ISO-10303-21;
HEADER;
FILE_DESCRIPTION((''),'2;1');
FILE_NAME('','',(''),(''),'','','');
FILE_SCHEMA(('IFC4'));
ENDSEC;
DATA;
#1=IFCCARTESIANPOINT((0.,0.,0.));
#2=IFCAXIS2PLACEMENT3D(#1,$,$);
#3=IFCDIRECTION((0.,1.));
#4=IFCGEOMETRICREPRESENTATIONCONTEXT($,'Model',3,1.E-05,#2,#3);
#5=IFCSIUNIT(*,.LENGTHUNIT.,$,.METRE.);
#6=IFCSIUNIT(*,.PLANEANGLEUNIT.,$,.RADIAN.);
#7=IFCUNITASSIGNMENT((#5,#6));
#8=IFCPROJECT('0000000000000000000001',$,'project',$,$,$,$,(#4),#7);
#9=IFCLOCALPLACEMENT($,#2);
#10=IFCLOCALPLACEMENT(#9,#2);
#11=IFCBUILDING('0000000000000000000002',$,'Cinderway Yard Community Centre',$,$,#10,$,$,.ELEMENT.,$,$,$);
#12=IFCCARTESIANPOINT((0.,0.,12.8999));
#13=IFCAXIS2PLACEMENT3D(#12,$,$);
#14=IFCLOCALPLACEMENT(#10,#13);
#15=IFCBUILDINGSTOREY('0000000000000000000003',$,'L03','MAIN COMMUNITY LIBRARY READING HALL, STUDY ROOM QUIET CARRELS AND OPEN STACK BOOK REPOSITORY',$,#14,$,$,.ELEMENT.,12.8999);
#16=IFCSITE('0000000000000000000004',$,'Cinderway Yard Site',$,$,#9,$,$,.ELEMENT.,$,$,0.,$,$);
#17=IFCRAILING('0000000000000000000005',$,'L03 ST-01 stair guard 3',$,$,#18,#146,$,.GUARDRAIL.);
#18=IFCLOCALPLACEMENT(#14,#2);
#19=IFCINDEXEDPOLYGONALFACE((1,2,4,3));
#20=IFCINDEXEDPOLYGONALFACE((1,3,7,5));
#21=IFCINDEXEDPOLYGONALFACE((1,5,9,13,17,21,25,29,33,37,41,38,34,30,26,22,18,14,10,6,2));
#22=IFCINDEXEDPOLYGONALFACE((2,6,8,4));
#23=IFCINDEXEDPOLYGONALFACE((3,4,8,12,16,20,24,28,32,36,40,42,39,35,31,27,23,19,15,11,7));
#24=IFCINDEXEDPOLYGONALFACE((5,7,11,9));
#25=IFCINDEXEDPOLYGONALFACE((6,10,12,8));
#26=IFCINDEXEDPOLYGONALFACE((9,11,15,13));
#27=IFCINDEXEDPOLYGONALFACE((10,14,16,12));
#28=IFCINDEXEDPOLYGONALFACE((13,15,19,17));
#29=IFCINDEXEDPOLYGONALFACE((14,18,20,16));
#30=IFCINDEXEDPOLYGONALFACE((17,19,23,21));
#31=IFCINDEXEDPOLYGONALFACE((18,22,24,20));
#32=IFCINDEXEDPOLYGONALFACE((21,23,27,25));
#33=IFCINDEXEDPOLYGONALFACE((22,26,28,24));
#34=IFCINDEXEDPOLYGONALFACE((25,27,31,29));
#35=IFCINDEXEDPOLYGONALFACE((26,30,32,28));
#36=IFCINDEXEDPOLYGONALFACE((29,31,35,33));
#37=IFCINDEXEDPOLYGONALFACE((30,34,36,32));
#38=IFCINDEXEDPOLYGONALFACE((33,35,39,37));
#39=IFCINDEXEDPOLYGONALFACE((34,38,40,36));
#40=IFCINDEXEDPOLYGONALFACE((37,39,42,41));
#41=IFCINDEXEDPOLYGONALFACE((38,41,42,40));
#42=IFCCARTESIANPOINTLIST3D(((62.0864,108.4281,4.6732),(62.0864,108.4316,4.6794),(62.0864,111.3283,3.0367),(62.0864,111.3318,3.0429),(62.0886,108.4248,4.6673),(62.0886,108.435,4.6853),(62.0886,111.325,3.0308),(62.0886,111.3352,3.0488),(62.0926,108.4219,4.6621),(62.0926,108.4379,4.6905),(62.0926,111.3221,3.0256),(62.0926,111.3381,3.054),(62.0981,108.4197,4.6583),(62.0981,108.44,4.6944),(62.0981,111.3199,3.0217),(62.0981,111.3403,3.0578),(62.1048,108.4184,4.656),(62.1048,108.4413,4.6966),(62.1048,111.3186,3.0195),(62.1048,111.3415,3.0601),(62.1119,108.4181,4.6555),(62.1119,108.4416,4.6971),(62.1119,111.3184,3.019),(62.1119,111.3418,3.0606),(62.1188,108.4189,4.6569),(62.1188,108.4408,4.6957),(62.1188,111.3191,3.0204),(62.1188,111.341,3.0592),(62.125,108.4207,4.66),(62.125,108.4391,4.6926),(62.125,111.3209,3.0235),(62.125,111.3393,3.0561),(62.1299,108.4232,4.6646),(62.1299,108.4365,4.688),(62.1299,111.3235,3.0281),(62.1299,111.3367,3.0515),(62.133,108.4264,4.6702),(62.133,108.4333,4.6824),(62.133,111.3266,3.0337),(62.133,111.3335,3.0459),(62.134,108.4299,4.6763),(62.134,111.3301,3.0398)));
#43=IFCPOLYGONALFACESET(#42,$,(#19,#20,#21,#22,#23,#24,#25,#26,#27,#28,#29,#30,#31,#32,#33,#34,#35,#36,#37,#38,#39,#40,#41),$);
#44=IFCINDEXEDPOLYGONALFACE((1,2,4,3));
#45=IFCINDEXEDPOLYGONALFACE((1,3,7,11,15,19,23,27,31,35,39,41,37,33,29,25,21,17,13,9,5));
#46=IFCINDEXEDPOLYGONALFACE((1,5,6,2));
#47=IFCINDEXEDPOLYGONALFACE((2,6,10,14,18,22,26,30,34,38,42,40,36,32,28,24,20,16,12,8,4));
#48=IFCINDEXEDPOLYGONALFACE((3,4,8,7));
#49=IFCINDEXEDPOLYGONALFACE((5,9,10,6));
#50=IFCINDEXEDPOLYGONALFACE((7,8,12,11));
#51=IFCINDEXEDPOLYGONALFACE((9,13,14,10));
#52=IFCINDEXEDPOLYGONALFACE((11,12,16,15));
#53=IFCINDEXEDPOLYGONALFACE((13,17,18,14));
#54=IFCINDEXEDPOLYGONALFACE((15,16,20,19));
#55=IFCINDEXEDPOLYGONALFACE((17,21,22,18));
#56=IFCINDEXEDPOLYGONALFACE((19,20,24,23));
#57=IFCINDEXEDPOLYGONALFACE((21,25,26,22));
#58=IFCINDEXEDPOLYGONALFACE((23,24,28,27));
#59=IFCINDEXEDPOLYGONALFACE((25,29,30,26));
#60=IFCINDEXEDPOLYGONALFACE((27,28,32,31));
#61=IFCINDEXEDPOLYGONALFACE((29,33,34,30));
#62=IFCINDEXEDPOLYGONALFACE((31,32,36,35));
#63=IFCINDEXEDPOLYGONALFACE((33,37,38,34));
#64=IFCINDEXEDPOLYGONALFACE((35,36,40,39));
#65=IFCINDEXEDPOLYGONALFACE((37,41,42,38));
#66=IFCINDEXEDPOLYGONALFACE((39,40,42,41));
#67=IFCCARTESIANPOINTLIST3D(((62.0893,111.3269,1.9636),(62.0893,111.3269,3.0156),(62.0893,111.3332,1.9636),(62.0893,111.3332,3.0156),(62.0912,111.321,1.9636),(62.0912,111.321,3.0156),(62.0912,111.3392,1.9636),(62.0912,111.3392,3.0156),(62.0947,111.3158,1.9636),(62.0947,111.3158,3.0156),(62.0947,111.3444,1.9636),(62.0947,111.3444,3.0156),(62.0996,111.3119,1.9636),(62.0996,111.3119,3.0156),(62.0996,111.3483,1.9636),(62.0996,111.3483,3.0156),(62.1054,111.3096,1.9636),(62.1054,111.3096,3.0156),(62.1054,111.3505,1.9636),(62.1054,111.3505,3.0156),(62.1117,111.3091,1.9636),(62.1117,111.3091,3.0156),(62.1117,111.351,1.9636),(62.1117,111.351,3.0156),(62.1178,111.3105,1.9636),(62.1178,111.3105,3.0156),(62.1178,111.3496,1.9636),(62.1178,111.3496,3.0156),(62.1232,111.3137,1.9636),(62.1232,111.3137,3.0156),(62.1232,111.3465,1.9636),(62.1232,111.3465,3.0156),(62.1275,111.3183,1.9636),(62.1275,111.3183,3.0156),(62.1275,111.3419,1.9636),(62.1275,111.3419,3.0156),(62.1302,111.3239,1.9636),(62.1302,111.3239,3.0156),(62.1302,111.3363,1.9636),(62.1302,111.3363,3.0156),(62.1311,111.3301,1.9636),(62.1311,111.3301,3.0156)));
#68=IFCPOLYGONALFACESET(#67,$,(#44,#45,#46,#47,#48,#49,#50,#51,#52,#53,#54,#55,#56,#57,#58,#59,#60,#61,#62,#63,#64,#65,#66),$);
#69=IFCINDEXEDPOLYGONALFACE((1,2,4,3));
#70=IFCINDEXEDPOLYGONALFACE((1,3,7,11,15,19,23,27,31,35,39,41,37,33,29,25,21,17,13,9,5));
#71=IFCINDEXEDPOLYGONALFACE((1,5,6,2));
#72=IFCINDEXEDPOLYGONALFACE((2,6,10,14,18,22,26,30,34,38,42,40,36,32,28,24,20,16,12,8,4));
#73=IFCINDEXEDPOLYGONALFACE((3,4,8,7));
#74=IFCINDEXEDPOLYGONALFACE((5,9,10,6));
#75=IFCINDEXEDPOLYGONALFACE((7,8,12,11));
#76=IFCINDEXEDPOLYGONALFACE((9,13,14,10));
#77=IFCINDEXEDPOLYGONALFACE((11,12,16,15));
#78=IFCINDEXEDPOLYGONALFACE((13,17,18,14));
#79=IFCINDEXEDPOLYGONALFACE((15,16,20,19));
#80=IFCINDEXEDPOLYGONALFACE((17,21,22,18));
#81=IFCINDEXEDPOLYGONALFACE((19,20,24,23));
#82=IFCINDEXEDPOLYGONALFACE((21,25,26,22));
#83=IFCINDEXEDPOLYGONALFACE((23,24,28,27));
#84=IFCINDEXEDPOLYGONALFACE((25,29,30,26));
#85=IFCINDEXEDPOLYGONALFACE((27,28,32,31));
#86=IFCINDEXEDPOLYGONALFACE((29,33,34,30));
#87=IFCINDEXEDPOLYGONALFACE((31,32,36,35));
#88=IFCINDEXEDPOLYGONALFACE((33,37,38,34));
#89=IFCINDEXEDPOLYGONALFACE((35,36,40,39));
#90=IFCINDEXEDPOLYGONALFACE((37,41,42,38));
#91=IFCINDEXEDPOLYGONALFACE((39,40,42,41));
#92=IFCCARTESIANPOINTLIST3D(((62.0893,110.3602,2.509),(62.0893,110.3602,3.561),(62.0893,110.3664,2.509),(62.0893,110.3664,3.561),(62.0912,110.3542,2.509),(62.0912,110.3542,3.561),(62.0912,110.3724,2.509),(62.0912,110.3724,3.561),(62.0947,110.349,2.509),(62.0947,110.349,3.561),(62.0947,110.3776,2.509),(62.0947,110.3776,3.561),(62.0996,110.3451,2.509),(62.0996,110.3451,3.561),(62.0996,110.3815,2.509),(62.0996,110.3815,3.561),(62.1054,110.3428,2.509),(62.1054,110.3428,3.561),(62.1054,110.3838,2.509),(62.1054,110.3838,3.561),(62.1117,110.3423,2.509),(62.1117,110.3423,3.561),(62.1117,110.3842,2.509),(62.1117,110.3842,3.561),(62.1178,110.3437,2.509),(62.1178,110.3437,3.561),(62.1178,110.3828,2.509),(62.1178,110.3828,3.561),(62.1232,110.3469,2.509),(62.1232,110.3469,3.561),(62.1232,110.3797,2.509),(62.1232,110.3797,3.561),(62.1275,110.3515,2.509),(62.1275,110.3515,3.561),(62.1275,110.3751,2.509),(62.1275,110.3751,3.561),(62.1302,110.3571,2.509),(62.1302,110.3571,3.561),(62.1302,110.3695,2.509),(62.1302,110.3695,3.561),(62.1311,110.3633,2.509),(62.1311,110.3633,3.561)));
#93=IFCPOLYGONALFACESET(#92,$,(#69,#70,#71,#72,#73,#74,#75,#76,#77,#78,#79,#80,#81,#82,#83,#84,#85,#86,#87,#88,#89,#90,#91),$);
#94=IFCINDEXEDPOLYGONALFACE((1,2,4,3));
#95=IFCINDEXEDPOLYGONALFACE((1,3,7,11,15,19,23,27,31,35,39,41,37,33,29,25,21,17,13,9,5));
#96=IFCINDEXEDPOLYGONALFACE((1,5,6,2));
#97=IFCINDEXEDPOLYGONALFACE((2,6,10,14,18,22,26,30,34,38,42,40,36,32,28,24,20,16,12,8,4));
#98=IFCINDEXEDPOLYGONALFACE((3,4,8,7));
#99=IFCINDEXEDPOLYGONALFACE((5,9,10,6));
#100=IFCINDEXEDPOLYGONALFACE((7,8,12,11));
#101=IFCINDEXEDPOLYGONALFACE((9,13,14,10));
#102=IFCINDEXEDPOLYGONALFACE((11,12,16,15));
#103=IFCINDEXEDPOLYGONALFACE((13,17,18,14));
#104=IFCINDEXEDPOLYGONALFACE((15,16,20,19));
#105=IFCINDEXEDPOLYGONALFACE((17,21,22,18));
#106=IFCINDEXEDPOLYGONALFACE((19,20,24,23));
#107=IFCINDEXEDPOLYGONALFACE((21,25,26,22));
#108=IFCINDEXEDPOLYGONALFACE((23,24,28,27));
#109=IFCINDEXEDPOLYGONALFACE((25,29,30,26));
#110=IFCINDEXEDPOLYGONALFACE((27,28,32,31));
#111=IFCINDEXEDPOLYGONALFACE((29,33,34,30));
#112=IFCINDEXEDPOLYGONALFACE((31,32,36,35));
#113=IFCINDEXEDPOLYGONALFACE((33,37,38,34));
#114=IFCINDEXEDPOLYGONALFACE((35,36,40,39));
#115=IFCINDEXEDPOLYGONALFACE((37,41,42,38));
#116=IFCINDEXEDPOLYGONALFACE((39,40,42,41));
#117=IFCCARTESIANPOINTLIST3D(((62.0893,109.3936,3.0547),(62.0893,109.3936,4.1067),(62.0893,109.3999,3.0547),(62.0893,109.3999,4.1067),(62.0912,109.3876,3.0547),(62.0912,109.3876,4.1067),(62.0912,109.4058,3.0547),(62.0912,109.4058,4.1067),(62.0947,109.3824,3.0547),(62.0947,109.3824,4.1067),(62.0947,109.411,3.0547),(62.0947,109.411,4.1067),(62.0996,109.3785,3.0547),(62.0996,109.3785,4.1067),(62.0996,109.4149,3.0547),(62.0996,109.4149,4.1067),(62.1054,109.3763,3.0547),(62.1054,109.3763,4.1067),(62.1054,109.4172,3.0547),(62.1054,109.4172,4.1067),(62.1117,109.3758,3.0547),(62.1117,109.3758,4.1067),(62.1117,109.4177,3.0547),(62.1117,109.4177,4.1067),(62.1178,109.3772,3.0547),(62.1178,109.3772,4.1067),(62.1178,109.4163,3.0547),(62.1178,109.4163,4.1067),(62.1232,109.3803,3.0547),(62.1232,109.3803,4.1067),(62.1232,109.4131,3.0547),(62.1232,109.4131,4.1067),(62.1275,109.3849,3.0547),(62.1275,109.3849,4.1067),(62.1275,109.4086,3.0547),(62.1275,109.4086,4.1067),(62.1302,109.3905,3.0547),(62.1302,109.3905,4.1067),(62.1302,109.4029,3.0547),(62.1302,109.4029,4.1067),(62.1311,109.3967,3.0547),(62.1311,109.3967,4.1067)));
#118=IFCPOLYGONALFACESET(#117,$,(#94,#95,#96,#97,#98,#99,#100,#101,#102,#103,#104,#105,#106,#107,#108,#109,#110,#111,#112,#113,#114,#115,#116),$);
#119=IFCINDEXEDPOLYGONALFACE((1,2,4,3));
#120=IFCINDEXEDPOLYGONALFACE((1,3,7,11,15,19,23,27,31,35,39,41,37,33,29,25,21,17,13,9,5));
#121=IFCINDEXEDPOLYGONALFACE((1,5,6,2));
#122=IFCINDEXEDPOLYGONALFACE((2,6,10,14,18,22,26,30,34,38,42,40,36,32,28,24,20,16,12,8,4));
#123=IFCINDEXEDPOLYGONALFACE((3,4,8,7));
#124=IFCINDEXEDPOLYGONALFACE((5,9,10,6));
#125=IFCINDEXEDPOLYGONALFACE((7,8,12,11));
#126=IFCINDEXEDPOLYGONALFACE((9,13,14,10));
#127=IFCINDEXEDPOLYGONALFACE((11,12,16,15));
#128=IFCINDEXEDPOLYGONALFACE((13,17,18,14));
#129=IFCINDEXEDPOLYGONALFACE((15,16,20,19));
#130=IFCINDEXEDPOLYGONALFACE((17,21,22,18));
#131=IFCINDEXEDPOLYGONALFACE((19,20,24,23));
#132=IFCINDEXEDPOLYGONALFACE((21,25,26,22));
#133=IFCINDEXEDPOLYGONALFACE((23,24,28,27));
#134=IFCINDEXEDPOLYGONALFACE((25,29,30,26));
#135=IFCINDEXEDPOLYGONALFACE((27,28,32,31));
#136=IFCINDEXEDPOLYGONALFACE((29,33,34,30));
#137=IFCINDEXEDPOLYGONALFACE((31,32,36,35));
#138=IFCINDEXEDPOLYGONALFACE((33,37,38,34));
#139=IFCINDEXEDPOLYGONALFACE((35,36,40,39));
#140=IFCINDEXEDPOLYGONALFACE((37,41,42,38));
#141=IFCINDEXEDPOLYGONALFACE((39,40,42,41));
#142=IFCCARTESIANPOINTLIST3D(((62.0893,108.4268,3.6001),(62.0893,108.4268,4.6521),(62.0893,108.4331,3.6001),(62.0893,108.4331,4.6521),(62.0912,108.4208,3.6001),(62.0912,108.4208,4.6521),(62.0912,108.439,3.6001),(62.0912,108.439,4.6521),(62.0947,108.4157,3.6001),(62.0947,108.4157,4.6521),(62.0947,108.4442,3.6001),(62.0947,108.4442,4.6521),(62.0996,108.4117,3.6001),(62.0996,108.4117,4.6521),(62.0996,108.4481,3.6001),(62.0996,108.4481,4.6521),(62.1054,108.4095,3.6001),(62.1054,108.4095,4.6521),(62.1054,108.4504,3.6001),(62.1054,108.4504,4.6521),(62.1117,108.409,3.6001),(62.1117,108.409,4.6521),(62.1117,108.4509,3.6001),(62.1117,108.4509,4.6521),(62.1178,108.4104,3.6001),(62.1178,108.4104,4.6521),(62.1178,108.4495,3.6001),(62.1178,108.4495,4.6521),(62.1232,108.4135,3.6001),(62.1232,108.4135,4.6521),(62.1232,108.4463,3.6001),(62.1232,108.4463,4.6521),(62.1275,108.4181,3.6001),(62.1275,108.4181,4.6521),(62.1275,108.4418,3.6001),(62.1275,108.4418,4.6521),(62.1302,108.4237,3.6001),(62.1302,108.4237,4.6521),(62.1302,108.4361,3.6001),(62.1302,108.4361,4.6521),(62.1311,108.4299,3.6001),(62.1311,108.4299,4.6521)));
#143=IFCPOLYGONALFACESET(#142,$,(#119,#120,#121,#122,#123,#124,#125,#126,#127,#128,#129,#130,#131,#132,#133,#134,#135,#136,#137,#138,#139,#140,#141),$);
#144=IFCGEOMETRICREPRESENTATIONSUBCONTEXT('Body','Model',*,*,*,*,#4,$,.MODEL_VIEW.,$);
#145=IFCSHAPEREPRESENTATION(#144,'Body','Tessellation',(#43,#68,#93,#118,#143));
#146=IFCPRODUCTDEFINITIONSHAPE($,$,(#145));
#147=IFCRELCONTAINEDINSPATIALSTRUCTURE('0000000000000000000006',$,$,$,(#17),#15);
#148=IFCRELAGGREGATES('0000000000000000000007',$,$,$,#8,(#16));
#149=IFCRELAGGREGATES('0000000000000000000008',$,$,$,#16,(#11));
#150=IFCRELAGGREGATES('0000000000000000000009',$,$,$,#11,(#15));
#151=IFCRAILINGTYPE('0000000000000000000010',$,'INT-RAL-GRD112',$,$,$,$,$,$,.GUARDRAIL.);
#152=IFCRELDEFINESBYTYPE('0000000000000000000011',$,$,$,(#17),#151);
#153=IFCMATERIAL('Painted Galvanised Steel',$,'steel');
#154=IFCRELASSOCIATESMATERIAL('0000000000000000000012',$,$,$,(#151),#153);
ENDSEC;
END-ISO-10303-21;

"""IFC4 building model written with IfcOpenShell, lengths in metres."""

from ifc_helpers import new_model, si_unit, direction, frame, origin, origin_2d, place, context, subcontext, project, spatial, circle, extrude, material, type_object, element, save


model = new_model("IFC4")

# Units and contexts
model_context = context("Model", 3, precision=1e-05, world=origin(), true_north=direction((0.0, 1.0)))
body_context = subcontext(model_context, "Body", "Model", "MODEL_VIEW")
ifc_project = project(units=[si_unit("LENGTHUNIT", "METRE"), si_unit("PLANEANGLEUNIT", "RADIAN")], contexts=[model_context])

# Site, building, storey
site_placement = place(None, origin())
site = spatial("IfcSite", under=ifc_project, at=site_placement, Name="Cinderway Yard Site", CompositionType="ELEMENT", RefElevation=0.0)
building_placement = place(site_placement, origin())
building = spatial("IfcBuilding", under=site, at=building_placement, Name="Cinderway Yard Community Centre", CompositionType="ELEMENT")
storey_placement = place(building_placement, frame((0.0, 0.0, 12.8999)))
storey = spatial("IfcBuildingStorey", under=building, at=storey_placement, Name="L03", Description="MAIN COMMUNITY LIBRARY READING HALL, STUDY ROOM QUIET CARRELS AND OPEN STACK BOOK REPOSITORY", CompositionType="ELEMENT", Elevation=12.8999)

# Shared definitions
ifc_material_1 = material(Name="Painted Galvanised Steel", Category="steel")

# Railing
railing_type_1 = type_object("IfcRailingType", Name="INT-RAL-GRD112", PredefinedType="GUARDRAIL", material=ifc_material_1)
railing_1_placement = place(storey_placement, frame((62.1101, 111.3301, 1.9636)))
element("IfcRailing", 1, at=railing_1_placement, inside=storey, type_object=railing_type_1, Name="L03 ST-01 stair guard 3", PredefinedType="GUARDRAIL", context=body_context, shape_type="SweptSolid", body=[
    extrude(circle(Radius=0.0239, at=origin_2d()), frame((0.0, 0.0, 1.0762), z_axis=(0.0, -0.870915, 0.491434), x_axis=(1.0, 0.0, 0.0)), (0.0, 0.0, 1.0), 3.3301),
    extrude(circle(Radius=0.021, at=origin_2d()), origin(), (0.0, 0.0, 1.0), 1.052),
    extrude(circle(Radius=0.021, at=origin_2d()), frame((0.0, -0.9668, 0.5454)), (0.0, 0.0, 1.0), 1.052),
    extrude(circle(Radius=0.021, at=origin_2d()), frame((0.0, -1.9333, 1.0911)), (0.0, 0.0, 1.0), 1.052),
    extrude(circle(Radius=0.021, at=origin_2d()), frame((0.0, -2.9001, 1.6365)), (0.0, 0.0, 1.0), 1.052),
])

save(model, "model.ifc")
